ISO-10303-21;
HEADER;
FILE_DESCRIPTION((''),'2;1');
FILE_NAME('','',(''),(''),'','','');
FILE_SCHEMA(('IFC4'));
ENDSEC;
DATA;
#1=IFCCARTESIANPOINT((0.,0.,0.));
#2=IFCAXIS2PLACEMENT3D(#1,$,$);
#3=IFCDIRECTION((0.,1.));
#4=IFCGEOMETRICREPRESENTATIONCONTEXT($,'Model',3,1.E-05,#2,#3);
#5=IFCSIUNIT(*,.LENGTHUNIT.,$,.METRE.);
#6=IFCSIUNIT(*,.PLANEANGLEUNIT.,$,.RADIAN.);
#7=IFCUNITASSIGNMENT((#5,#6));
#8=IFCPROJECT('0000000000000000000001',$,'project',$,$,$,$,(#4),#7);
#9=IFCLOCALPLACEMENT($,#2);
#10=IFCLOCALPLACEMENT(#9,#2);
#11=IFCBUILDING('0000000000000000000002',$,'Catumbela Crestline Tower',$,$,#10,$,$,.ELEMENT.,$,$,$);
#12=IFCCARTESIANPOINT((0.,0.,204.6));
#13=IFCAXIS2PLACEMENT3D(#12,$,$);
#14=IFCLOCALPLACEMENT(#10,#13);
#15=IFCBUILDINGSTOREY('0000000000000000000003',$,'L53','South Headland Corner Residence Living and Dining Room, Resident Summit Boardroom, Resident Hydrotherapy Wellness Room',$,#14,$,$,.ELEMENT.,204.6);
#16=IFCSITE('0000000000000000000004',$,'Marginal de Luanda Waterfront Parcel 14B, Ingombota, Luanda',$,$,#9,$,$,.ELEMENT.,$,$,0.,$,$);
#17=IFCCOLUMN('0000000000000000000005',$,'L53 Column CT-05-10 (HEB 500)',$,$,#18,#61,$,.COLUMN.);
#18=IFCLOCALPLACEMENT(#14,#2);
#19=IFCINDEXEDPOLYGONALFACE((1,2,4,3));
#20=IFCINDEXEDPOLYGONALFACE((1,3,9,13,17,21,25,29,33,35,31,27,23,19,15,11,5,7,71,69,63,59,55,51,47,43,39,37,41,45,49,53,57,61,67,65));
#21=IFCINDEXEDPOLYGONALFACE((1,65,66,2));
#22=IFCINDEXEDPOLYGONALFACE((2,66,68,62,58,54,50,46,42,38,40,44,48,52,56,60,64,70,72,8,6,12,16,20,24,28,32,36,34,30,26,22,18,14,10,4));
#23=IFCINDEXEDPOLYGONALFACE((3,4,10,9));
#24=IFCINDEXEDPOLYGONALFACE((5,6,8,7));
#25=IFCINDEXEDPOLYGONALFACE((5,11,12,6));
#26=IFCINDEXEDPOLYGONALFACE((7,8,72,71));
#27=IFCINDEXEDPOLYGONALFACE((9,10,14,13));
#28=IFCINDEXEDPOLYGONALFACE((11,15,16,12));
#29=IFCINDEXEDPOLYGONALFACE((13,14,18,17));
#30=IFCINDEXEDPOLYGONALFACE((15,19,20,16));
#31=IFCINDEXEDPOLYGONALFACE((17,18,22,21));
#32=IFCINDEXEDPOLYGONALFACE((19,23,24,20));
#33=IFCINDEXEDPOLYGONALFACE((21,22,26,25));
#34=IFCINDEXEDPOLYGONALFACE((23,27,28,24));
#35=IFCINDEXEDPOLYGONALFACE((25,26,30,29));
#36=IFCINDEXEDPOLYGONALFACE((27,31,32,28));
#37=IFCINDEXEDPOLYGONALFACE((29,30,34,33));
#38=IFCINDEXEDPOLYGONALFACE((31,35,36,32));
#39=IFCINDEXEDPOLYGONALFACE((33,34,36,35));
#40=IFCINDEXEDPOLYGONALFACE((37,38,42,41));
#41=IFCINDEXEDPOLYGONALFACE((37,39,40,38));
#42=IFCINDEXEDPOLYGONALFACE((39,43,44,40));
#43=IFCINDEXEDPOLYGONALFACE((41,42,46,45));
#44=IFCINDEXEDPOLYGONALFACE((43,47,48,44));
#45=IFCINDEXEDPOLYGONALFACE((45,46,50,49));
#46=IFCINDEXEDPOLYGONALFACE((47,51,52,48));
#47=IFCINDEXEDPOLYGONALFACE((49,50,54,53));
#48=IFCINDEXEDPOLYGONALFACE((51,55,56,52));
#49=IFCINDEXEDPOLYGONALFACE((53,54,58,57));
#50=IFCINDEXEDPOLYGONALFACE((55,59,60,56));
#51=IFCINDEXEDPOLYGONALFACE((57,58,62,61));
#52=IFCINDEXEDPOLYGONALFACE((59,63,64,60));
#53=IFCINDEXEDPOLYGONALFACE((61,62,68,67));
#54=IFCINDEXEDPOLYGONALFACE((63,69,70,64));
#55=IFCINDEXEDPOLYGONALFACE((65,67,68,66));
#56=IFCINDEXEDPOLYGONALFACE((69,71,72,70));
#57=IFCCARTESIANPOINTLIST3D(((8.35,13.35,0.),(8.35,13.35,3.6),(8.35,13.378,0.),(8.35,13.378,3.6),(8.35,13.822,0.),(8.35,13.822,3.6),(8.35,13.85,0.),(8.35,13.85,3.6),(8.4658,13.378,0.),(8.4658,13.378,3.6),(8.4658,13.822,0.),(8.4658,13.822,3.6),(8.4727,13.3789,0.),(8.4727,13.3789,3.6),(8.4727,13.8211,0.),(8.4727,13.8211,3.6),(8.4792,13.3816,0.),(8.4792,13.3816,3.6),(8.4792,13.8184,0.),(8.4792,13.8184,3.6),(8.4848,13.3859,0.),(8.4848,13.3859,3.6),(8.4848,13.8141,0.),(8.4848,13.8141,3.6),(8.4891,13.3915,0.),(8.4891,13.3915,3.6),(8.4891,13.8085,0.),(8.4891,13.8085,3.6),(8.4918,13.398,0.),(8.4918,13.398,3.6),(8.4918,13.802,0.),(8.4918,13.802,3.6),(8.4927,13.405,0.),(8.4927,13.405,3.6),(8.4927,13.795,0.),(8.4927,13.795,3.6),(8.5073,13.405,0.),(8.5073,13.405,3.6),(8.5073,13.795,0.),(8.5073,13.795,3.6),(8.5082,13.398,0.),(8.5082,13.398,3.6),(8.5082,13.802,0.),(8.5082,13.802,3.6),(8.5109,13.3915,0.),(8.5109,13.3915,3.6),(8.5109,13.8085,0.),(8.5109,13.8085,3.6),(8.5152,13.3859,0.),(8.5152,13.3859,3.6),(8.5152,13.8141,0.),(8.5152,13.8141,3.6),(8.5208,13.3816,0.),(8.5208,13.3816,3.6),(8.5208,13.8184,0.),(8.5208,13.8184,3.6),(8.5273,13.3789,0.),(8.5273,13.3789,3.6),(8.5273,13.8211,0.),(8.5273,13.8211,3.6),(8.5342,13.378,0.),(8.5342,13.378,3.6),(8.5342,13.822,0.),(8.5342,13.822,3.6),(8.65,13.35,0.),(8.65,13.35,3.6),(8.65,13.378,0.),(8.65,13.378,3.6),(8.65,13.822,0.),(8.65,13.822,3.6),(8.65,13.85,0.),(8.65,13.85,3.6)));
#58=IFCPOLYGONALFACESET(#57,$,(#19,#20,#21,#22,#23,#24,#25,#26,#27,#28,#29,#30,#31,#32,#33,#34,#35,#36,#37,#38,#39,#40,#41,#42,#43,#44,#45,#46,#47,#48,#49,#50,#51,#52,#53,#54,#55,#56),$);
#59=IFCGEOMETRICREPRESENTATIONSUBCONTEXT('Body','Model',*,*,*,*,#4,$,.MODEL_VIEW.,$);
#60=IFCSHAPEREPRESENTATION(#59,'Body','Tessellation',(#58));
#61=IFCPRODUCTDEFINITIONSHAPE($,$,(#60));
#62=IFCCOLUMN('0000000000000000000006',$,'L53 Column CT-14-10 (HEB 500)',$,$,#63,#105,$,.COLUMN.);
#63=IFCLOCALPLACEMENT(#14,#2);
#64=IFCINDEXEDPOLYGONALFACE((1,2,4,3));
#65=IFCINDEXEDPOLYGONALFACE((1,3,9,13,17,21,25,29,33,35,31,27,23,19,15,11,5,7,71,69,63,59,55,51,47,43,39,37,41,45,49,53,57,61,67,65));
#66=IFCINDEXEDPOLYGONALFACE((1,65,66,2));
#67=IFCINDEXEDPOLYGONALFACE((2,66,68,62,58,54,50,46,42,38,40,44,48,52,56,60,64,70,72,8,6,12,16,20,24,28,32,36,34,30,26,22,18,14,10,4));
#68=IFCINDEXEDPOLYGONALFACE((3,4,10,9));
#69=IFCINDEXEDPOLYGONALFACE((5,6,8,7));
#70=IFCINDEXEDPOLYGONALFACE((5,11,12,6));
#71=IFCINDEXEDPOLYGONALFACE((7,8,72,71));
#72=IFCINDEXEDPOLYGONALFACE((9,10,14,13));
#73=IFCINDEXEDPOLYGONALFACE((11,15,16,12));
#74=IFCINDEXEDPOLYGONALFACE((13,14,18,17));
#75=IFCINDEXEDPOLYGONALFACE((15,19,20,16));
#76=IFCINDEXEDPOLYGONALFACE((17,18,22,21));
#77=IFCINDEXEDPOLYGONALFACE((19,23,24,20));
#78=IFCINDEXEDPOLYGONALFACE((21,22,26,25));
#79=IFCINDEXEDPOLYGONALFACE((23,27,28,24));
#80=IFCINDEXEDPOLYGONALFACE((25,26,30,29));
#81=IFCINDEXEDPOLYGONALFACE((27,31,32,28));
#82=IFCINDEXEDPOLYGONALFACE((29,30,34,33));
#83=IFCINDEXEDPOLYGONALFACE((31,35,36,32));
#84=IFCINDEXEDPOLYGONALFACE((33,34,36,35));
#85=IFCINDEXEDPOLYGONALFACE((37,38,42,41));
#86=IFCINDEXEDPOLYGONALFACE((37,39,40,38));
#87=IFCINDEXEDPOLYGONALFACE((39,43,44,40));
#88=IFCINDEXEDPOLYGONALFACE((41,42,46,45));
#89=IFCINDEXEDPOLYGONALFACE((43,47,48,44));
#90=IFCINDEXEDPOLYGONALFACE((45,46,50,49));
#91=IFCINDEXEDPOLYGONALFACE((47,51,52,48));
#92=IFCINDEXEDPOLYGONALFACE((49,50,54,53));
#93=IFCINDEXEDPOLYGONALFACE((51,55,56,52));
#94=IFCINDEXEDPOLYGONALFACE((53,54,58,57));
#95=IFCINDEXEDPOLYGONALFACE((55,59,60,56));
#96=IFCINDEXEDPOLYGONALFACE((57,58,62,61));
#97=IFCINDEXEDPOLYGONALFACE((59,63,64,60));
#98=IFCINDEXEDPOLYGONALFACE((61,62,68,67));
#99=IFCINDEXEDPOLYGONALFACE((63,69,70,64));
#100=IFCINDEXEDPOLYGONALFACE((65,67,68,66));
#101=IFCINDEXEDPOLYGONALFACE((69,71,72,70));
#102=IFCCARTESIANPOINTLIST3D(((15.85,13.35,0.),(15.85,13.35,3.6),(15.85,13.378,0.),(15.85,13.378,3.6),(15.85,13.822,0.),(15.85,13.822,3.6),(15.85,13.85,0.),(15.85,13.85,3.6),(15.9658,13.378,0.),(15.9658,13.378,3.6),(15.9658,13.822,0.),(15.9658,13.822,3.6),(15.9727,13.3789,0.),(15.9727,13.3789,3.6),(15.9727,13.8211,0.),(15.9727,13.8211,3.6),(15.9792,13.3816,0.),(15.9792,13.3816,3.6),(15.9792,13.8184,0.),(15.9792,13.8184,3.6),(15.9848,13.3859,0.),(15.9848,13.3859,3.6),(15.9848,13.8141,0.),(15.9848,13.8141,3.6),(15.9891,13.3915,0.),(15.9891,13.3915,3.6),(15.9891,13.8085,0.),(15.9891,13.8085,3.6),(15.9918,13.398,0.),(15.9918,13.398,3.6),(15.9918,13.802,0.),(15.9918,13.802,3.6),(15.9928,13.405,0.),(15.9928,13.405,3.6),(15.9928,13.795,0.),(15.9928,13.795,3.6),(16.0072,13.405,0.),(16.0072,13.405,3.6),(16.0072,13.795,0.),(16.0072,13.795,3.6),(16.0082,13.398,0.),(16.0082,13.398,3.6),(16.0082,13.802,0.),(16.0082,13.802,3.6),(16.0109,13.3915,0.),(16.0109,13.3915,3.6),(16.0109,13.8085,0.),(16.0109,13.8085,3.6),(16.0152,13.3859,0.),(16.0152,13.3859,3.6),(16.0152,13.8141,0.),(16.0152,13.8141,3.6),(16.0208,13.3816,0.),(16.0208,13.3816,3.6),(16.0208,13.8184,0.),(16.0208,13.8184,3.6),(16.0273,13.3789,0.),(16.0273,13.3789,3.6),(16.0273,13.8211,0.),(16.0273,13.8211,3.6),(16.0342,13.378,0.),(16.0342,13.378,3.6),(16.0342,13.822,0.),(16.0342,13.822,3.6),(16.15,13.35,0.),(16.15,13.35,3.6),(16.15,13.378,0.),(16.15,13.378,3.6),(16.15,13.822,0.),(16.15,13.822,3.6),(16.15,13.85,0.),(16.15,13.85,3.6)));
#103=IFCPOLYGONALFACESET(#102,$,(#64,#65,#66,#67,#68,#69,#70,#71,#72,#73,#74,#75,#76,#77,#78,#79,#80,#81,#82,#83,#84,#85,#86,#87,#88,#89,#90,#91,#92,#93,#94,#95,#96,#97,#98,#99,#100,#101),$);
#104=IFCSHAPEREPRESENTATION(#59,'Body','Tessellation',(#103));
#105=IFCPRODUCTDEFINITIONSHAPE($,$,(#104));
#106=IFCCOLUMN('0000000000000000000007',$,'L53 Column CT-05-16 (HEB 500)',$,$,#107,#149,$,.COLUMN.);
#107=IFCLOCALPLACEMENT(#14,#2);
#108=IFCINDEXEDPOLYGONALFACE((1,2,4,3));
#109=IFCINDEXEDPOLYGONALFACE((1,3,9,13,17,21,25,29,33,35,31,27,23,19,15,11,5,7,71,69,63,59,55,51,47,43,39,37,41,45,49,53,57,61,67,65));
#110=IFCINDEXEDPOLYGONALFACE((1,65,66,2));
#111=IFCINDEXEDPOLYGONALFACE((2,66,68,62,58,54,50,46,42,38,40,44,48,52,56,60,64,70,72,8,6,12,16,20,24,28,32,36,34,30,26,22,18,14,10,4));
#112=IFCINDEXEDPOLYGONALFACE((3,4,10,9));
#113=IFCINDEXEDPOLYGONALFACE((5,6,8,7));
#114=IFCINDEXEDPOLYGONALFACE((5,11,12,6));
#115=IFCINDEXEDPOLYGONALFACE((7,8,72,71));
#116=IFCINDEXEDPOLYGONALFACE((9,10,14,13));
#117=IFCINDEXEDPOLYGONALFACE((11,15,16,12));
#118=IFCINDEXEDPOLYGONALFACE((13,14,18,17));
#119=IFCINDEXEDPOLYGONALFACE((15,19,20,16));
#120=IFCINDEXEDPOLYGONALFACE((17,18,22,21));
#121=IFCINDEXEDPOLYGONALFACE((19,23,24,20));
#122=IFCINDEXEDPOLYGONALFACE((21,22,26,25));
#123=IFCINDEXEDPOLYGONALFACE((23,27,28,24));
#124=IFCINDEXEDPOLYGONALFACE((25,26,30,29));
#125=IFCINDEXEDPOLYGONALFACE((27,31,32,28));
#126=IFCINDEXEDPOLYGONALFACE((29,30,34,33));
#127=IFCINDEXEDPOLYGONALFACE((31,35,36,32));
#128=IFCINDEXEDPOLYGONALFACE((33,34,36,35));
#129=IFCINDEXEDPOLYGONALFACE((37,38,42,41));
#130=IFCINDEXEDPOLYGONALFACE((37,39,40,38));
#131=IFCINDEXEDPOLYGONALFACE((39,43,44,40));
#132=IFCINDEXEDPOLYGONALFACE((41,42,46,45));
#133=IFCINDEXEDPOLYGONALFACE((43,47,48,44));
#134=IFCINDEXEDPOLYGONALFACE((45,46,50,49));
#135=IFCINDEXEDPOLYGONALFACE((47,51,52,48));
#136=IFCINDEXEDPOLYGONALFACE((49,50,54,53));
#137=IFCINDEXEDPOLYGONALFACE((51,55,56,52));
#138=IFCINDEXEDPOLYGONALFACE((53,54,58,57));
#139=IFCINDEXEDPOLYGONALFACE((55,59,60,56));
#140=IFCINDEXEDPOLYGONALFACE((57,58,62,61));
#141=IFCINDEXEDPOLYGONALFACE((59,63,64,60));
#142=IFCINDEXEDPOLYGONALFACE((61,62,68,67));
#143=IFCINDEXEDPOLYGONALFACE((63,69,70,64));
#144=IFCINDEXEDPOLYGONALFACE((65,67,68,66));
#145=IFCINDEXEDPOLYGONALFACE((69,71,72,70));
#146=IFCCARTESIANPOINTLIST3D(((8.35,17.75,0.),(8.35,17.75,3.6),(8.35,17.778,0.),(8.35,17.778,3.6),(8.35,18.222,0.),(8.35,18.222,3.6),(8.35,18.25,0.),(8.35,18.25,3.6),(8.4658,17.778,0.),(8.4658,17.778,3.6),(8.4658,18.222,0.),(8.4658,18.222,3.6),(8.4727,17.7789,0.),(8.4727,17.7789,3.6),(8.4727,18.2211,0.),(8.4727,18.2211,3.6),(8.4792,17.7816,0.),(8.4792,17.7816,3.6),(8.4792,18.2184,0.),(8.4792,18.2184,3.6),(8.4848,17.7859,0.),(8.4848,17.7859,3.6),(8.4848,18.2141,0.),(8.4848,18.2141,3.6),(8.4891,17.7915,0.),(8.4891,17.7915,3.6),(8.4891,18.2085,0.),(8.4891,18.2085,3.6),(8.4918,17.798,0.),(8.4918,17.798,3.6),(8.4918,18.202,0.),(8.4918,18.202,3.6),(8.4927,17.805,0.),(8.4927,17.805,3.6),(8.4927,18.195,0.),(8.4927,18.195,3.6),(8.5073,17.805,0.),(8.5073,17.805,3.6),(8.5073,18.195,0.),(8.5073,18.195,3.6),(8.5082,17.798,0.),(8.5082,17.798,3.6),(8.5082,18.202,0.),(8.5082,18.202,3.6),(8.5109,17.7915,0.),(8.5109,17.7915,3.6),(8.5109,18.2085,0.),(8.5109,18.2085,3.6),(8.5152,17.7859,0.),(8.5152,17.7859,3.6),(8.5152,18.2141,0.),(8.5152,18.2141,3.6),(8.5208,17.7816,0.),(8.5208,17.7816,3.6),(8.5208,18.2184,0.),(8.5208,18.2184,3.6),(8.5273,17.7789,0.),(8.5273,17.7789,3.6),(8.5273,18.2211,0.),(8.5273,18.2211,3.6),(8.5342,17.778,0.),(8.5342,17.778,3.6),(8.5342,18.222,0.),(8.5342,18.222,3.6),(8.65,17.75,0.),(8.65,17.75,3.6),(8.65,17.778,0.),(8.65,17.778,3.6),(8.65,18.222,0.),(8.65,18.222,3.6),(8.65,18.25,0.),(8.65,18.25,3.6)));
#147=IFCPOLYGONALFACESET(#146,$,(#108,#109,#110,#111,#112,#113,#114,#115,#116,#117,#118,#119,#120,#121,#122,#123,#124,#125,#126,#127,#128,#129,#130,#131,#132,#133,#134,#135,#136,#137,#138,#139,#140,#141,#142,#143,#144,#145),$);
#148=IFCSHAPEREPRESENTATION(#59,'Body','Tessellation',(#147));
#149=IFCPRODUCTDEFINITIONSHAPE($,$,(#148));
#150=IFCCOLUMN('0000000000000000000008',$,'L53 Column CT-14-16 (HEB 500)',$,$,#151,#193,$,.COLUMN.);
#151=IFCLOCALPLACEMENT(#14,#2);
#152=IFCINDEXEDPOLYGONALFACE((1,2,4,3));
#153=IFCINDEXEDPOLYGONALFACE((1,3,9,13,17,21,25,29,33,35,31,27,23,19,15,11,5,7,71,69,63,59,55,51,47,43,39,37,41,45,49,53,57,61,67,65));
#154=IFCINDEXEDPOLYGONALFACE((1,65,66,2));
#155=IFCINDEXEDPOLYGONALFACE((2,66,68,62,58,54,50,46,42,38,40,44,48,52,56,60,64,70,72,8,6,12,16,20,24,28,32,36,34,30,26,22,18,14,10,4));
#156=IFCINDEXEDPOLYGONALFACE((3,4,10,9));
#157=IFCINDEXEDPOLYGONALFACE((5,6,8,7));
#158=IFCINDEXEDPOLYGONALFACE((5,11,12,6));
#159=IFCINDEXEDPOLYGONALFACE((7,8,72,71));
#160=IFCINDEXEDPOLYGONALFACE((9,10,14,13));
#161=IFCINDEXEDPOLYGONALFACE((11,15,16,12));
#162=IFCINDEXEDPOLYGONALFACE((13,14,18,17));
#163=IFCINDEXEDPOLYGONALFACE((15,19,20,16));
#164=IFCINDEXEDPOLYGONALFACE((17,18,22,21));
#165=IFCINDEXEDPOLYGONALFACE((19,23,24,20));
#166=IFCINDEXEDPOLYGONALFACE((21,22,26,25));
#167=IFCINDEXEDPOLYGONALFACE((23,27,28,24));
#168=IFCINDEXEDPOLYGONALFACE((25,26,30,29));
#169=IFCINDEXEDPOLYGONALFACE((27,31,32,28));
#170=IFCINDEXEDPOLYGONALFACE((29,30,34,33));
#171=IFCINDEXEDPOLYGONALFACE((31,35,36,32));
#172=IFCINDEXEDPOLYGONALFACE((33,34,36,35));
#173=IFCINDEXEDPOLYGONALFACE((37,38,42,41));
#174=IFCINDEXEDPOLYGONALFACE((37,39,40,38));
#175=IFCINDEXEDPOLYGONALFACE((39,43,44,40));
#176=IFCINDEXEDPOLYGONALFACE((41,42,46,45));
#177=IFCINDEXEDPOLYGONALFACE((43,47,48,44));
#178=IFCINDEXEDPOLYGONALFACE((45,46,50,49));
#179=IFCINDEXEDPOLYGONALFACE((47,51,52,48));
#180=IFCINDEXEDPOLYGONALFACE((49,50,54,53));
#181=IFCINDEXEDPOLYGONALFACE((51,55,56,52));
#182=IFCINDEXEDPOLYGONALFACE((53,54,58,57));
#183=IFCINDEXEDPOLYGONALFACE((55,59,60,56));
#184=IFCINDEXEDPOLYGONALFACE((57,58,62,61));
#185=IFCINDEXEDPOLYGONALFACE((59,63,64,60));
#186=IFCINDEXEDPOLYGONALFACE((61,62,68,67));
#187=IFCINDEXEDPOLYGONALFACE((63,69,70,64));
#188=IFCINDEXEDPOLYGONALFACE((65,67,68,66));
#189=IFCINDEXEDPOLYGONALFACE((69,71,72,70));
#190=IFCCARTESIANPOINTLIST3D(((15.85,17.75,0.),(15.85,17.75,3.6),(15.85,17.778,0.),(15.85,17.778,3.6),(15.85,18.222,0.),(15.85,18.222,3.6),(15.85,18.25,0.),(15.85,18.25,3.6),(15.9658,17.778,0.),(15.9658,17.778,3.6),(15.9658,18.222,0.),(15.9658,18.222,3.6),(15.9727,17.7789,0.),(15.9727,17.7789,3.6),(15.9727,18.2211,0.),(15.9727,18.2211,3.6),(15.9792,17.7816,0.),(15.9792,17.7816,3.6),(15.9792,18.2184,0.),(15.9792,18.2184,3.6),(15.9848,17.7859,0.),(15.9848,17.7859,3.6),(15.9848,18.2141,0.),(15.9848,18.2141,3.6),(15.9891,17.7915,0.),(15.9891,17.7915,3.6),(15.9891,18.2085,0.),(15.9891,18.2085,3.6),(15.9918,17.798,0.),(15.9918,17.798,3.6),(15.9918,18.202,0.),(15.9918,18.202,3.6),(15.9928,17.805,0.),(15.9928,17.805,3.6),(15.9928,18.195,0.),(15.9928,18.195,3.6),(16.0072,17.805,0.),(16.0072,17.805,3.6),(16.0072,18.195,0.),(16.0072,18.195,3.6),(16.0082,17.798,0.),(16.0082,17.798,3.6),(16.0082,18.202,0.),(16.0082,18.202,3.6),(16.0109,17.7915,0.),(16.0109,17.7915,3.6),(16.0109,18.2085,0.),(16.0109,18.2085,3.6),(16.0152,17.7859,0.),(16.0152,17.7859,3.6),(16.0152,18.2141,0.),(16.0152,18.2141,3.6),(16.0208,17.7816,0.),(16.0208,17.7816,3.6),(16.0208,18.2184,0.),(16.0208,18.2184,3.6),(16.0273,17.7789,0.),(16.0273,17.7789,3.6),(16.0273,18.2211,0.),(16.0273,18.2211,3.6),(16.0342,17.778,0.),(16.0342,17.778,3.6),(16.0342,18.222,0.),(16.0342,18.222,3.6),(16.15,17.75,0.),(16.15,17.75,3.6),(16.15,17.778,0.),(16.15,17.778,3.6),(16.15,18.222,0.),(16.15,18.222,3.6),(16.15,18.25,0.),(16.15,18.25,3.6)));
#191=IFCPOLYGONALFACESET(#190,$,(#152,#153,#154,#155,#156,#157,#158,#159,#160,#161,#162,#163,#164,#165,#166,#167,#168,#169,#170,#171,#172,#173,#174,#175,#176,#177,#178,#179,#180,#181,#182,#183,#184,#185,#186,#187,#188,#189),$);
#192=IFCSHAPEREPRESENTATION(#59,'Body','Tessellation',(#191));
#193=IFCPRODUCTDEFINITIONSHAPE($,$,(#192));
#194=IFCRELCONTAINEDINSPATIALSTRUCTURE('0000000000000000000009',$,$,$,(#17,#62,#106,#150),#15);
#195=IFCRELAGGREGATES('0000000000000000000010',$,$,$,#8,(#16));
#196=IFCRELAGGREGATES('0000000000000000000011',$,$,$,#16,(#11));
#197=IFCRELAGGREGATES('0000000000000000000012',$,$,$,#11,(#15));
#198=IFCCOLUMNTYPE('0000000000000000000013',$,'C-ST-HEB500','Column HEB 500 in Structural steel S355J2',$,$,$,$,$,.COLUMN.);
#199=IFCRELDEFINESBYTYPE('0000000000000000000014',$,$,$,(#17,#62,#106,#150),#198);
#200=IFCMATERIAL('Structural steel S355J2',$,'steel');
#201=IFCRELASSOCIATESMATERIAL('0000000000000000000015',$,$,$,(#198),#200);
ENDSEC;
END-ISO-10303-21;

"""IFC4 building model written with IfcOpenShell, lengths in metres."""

from ifc_helpers import new_model, si_unit, direction, frame, origin, origin_2d, place, context, subcontext, project, spatial, i_section, extrude, material, material_profile, profile_set, type_object, element, save


model = new_model("IFC4")

# Units and contexts
model_context = context("Model", 3, precision=1e-05, world=origin(), true_north=direction((0.0, 1.0)))
body_context = subcontext(model_context, "Body", "Model", "MODEL_VIEW")
ifc_project = project(units=[si_unit("LENGTHUNIT", "METRE"), si_unit("PLANEANGLEUNIT", "RADIAN")], contexts=[model_context])

# Site, building, storey
site_placement = place(None, origin())
site = spatial("IfcSite", under=ifc_project, at=site_placement, Name="Marginal de Luanda Waterfront Parcel 14B, Ingombota, Luanda", CompositionType="ELEMENT", RefElevation=0.0)
building_placement = place(site_placement, origin())
building = spatial("IfcBuilding", under=site, at=building_placement, Name="Catumbela Crestline Tower", CompositionType="ELEMENT")
storey_placement = place(building_placement, frame((0.0, 0.0, 204.6)))
storey = spatial("IfcBuildingStorey", under=building, at=storey_placement, Name="L53", Description="South Headland Corner Residence Living and Dining Room, Resident Summit Boardroom, Resident Hydrotherapy Wellness Room", CompositionType="ELEMENT", Elevation=204.6)

# Columns
ifc_material_1 = material(Name="Structural steel S355J2", Category="steel")
ifc_material_profile_1 = material_profile(ifc_material_1, i_section(OverallWidth=0.3, OverallDepth=0.5, WebThickness=0.0145, FlangeThickness=0.028, FilletRadius=0.027, at=origin_2d()), Name="HEB 500")
ifc_profile_set_1 = profile_set([ifc_material_profile_1], Name="Structural steel S355J2")
column_type = type_object("IfcColumnType", Name="C-ST-HEB500", Description="Column HEB 500 in Structural steel S355J2", PredefinedType="COLUMN", material=ifc_profile_set_1)
for number, where, z_axis, x_axis, name in (
    (1, (8.5, 13.6, 0.0), (0.0, 0.0, 1.0), (1.0, 0.0, 0.0), "L53 Column CT-05-10 (HEB 500)"),
    (2, (16.0, 13.6, 0.0), (0.0, 0.0, 1.0), (1.0, 0.0, 0.0), "L53 Column CT-14-10 (HEB 500)"),
    (3, (8.5, 18.0, 0.0), (0.0, 0.0, 1.0), (1.0, 0.0, 0.0), "L53 Column CT-05-16 (HEB 500)"),
    (4, (16.0, 18.0, 0.0), (0.0, 0.0, 1.0), (1.0, 0.0, 0.0), "L53 Column CT-14-16 (HEB 500)"),
):
    element("IfcColumn", number, at=place(storey_placement, frame(where, z_axis=z_axis, x_axis=x_axis)), inside=storey, type_object=column_type, Name=name, PredefinedType="COLUMN", context=body_context, shape_type="SweptSolid", body=[
        extrude(i_section(OverallWidth=0.3, OverallDepth=0.5, WebThickness=0.0145, FlangeThickness=0.028, FilletRadius=0.027, at=origin_2d()), origin(), (0.0, 0.0, 1.0), 3.6),
    ])

save(model, "model.ifc")
